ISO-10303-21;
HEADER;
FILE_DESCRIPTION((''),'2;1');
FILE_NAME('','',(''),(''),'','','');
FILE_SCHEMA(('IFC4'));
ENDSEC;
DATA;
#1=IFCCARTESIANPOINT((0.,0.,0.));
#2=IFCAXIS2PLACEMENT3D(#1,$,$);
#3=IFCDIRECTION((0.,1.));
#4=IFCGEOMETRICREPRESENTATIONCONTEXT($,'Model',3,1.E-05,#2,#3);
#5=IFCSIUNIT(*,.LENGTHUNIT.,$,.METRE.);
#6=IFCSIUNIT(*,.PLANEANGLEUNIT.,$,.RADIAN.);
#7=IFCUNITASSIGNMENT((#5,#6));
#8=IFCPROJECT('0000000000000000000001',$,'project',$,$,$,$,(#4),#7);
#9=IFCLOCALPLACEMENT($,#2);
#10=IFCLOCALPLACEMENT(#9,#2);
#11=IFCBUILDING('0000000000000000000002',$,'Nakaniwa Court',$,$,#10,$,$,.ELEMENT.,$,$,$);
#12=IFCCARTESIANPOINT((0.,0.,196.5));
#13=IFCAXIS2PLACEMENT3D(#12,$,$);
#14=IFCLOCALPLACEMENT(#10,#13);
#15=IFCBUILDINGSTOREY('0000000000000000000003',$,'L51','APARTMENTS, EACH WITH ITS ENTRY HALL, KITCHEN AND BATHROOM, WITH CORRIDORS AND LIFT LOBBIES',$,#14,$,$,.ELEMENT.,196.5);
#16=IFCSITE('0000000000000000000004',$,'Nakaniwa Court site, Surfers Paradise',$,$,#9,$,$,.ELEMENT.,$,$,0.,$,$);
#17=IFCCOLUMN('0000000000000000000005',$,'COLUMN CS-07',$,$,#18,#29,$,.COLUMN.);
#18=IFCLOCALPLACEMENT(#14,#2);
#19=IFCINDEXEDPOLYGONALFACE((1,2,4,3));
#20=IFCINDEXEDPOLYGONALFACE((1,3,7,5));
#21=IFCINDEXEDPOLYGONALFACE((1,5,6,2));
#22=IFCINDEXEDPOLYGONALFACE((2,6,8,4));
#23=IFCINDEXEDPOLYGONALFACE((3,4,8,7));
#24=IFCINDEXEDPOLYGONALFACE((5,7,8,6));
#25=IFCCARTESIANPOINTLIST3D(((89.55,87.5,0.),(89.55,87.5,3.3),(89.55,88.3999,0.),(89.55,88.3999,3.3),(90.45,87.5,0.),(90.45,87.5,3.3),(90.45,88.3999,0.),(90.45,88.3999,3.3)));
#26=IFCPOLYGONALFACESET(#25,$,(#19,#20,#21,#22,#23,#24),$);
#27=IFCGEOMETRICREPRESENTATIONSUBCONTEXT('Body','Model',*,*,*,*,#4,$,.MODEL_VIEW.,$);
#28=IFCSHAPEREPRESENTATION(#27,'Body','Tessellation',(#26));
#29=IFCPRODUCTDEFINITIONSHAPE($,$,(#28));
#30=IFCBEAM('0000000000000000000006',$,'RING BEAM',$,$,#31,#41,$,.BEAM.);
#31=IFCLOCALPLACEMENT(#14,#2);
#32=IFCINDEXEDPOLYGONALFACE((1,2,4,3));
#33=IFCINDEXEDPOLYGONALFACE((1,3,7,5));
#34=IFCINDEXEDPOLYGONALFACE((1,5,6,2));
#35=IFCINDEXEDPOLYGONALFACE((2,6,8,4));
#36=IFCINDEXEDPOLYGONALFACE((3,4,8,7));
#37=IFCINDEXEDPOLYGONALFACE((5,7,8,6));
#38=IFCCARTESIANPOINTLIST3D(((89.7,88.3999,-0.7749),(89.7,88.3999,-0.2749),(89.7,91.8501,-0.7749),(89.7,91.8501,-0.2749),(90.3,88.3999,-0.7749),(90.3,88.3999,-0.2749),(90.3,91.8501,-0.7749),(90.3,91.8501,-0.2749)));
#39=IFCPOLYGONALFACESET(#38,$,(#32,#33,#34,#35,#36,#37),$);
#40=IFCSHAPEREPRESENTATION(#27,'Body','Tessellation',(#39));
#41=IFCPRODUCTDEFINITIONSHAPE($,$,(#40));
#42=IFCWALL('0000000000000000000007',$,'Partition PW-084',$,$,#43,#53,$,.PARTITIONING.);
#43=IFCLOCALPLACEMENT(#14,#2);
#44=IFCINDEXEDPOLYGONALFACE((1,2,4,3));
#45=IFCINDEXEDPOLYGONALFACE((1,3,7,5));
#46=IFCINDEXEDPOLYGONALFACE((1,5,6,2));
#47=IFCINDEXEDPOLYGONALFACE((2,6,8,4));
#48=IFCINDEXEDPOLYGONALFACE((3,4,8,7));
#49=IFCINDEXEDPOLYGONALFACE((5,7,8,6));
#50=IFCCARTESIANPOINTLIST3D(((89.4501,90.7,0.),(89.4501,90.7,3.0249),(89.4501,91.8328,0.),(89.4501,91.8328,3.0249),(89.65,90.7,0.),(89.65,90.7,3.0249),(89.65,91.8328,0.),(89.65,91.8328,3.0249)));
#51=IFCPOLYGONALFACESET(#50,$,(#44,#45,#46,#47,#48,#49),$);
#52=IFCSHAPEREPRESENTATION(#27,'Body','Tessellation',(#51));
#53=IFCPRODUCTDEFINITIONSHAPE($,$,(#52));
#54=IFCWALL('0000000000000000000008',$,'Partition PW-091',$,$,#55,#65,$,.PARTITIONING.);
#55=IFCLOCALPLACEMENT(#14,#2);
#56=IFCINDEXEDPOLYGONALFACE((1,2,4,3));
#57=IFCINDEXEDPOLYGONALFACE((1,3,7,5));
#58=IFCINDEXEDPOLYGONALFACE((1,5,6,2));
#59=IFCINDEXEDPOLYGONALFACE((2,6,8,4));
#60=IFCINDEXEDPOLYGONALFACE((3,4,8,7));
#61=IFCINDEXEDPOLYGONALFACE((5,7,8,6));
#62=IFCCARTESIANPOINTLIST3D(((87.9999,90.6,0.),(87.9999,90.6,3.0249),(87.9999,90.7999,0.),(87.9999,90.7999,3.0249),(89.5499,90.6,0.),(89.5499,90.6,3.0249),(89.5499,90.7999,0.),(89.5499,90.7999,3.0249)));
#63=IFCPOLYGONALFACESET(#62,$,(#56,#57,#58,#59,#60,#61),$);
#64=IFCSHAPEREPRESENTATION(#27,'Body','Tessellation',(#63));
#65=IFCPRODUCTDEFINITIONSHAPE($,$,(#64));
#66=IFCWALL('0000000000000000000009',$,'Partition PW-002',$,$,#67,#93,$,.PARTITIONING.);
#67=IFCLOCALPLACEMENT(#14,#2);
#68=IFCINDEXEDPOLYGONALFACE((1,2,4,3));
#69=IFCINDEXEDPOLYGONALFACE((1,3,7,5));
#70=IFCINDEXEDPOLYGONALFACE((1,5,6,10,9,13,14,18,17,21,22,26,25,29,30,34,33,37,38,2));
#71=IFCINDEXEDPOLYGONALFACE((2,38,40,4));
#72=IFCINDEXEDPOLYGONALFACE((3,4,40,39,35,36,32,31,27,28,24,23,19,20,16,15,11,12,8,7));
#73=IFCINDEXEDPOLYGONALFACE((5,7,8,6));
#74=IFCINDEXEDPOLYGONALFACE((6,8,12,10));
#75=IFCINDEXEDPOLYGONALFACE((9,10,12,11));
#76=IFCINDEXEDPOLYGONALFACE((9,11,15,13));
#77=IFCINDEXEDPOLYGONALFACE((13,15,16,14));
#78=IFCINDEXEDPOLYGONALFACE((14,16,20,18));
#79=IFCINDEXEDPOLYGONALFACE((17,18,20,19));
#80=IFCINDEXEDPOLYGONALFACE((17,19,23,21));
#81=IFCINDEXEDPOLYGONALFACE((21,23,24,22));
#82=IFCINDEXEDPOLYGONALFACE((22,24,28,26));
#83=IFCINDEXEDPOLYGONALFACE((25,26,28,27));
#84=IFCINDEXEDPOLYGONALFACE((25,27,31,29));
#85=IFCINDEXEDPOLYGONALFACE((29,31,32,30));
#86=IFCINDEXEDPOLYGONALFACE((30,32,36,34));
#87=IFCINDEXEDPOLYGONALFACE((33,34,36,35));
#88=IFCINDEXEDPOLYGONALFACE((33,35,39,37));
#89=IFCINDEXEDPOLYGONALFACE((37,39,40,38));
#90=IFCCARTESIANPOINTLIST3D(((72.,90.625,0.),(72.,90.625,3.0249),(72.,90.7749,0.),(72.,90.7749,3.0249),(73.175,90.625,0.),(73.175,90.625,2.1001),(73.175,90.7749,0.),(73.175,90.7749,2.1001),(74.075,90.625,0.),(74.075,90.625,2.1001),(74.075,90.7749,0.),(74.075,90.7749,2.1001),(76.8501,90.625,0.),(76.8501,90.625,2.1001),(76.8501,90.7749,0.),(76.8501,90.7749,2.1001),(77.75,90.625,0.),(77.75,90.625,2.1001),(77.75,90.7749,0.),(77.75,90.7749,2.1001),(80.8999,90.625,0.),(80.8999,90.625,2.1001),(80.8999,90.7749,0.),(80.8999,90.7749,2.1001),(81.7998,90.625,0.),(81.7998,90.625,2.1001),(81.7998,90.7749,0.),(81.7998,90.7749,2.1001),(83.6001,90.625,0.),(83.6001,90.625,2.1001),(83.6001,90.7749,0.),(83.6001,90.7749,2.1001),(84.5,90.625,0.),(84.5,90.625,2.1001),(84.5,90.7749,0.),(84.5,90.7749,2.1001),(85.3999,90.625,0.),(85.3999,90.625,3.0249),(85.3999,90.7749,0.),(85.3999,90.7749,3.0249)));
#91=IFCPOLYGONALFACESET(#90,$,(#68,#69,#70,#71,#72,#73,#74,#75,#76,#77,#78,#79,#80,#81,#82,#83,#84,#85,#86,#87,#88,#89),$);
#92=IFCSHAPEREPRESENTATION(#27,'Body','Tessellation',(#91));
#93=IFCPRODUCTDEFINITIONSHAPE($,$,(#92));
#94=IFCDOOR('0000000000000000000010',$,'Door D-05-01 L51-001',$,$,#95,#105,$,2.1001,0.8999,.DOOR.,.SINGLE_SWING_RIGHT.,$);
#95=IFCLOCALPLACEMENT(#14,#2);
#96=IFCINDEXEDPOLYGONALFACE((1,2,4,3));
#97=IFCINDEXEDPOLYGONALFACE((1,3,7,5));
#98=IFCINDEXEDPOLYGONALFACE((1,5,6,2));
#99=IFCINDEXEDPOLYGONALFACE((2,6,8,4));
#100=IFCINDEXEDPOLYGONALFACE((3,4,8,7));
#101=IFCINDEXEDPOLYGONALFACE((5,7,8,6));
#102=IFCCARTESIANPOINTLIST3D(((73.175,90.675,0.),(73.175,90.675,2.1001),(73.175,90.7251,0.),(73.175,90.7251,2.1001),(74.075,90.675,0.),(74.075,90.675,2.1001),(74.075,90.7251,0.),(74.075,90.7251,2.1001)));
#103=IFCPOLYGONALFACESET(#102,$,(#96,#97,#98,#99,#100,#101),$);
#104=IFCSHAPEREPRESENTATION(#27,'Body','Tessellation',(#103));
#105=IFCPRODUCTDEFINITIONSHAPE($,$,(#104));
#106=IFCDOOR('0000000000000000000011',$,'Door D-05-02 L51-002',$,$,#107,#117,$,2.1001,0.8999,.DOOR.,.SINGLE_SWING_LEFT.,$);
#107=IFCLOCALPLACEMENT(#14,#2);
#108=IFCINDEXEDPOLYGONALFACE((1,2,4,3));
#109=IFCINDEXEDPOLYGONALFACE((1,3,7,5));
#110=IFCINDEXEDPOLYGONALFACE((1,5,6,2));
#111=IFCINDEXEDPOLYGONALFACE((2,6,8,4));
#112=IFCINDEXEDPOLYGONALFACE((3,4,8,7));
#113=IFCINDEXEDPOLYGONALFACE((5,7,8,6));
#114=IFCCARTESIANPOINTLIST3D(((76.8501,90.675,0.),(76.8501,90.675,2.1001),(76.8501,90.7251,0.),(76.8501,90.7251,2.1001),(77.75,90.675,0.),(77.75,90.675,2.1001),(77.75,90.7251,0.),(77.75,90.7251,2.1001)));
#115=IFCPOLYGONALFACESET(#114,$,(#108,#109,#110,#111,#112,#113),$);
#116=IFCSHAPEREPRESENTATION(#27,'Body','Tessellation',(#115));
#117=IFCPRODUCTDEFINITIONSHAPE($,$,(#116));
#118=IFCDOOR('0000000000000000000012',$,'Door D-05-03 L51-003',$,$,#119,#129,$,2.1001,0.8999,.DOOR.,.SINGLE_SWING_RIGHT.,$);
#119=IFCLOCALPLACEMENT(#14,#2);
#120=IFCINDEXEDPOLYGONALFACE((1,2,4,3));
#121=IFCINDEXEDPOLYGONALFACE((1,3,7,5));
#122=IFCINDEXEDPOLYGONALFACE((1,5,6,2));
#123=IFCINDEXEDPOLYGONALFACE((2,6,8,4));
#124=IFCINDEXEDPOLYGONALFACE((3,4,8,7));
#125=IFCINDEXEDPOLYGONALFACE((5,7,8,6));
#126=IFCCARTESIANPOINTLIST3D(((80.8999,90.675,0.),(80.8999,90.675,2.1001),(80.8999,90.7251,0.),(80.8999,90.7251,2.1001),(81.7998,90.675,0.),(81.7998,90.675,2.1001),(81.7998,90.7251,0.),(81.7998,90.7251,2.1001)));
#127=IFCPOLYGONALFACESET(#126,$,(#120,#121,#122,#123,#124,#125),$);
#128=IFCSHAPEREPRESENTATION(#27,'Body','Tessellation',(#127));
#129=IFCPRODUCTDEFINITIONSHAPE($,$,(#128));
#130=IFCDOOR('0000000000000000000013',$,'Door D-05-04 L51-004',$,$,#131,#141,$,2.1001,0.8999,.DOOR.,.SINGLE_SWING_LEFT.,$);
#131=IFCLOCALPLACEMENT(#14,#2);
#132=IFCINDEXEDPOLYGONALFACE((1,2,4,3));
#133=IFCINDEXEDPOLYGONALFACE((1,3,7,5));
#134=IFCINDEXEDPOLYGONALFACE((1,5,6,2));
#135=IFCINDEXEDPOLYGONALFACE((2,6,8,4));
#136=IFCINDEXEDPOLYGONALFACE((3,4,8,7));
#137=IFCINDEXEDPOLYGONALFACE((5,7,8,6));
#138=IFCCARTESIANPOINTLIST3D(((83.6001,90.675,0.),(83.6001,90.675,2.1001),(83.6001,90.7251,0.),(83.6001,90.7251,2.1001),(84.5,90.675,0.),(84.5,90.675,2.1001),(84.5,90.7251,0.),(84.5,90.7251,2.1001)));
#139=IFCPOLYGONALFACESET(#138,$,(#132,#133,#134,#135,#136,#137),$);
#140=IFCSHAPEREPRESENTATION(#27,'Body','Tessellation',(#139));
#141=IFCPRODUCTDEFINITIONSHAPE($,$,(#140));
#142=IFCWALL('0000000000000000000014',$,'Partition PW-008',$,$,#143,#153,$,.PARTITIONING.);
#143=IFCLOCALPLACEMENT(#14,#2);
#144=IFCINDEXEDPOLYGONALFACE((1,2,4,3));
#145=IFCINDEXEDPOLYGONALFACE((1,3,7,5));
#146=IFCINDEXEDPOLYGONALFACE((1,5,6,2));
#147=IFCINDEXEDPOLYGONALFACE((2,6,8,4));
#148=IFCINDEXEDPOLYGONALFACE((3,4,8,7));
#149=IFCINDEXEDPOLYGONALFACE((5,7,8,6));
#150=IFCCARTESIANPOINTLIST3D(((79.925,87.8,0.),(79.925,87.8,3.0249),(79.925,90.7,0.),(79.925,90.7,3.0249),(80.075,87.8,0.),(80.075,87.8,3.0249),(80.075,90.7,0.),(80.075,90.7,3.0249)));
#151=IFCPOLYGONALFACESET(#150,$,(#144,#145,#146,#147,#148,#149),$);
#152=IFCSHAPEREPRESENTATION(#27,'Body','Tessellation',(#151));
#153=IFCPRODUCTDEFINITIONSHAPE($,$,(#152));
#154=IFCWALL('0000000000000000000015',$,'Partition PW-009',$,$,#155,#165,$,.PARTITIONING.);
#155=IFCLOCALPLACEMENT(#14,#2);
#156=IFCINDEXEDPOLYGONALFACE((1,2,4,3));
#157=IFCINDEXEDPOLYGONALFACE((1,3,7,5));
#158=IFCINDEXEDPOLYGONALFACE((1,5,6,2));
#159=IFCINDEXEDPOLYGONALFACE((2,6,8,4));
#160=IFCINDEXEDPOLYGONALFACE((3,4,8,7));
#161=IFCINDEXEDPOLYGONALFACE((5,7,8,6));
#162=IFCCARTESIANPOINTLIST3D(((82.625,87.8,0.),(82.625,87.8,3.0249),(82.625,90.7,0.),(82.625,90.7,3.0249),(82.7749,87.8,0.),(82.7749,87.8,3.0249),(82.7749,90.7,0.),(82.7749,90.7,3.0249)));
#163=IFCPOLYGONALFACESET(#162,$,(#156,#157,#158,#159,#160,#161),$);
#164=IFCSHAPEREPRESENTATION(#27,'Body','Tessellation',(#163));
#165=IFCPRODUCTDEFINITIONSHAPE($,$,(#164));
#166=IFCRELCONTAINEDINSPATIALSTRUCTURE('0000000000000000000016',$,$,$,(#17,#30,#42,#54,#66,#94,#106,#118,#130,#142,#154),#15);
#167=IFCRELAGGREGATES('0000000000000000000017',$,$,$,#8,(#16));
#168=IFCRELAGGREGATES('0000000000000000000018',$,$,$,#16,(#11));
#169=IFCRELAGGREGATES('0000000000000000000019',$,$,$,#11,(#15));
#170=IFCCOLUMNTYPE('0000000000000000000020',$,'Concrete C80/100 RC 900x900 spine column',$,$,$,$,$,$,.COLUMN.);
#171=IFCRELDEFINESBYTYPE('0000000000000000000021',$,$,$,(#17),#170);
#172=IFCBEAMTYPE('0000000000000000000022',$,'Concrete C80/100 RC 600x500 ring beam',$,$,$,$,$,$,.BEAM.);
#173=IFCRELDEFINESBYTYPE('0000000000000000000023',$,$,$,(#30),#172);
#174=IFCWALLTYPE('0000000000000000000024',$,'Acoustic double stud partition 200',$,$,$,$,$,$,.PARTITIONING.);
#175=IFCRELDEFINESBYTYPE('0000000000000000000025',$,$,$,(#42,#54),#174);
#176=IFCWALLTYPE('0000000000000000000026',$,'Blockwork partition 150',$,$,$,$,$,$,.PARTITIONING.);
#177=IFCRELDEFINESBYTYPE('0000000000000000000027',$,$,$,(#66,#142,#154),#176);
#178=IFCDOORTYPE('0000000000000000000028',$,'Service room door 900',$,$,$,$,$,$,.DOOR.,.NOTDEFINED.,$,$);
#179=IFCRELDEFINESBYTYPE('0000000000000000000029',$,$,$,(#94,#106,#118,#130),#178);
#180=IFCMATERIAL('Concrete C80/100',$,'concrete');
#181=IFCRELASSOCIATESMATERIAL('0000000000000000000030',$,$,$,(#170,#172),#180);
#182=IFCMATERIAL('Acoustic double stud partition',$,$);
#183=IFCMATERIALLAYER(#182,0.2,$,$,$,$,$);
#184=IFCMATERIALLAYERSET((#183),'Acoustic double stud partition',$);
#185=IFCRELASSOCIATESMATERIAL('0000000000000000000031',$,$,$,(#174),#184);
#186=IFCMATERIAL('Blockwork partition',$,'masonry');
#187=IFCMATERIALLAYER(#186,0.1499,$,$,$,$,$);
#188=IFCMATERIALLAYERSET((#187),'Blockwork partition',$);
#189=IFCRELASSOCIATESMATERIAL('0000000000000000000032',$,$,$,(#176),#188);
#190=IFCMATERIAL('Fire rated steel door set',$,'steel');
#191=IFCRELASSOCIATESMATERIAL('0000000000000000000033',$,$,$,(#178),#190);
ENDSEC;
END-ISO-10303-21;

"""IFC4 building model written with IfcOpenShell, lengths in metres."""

from ifc_helpers import new_model, si_unit, direction, frame, frame_2d, origin, origin_2d, place, context, subcontext, project, spatial, rectangle, extrude, material, layer, layer_set, material_profile, profile_set, type_object, element, fill, save


model = new_model("IFC4")

# Units and contexts
model_context = context("Model", 3, precision=1e-05, world=origin(), true_north=direction((0.0, 1.0)))
body_context = subcontext(model_context, "Body", "Model", "MODEL_VIEW")
ifc_project = project(units=[si_unit("LENGTHUNIT", "METRE"), si_unit("PLANEANGLEUNIT", "RADIAN")], contexts=[model_context])

# Site, building, storey
site_placement = place(None, origin())
site = spatial("IfcSite", under=ifc_project, at=site_placement, Name="Nakaniwa Court site, Surfers Paradise", CompositionType="ELEMENT", RefElevation=0.0)
building_placement = place(site_placement, origin())
building = spatial("IfcBuilding", under=site, at=building_placement, Name="Nakaniwa Court", CompositionType="ELEMENT")
storey_placement = place(building_placement, frame((0.0, 0.0, 196.5)))
storey = spatial("IfcBuildingStorey", under=building, at=storey_placement, Name="L51", Description="APARTMENTS, EACH WITH ITS ENTRY HALL, KITCHEN AND BATHROOM, WITH CORRIDORS AND LIFT LOBBIES", CompositionType="ELEMENT", Elevation=196.5)

# Column
ifc_material_1 = material(Name="Concrete C80/100", Category="concrete")
ifc_material_profile_1 = material_profile(ifc_material_1, rectangle(XDim=0.8999, YDim=0.8999, at=origin_2d()), Name="Concrete C80/100 RC 900x900 spine column")
ifc_profile_set_1 = profile_set([ifc_material_profile_1], Name="Concrete C80/100")
column_type_1 = type_object("IfcColumnType", Name="Concrete C80/100 RC 900x900 spine column", PredefinedType="COLUMN", material=ifc_profile_set_1)
column_1_placement = place(storey_placement, frame((90.0, 87.95, 0.0), z_axis=(0.0, 0.0, 1.0), x_axis=(0.0, 1.0, 0.0)))
element("IfcColumn", 1, at=column_1_placement, inside=storey, type_object=column_type_1, Name="COLUMN CS-07", PredefinedType="COLUMN", context=body_context, shape_type="SweptSolid", body=[
    extrude(rectangle(XDim=0.8999, YDim=0.8999, at=origin_2d()), origin(), (0.0, 0.0, 1.0), 3.3),
])

# Beam
ifc_material_profile_2 = material_profile(ifc_material_1, rectangle(XDim=0.6001, YDim=0.5, at=origin_2d()), Name="Concrete C80/100 RC 600x500 ring beam")
ifc_profile_set_2 = profile_set([ifc_material_profile_2], Name="Concrete C80/100")
beam_type = type_object("IfcBeamType", Name="Concrete C80/100 RC 600x500 ring beam", PredefinedType="BEAM", material=ifc_profile_set_2)
beam_placement = place(storey_placement, frame((90.0, 88.3999, -0.5249), z_axis=(0.0, 1.0, 0.0), x_axis=(-1.0, 0.0, 0.0)))
element("IfcBeam", 2, at=beam_placement, inside=storey, type_object=beam_type, Name="RING BEAM", PredefinedType="BEAM", context=body_context, shape_type="SweptSolid", body=[
    extrude(rectangle(XDim=0.6001, YDim=0.5, at=origin_2d()), origin(), (0.0, 0.0, 1.0), 3.4502),
])

# Walls
ifc_material_2 = material(Name="Acoustic double stud partition")
ifc_layer_1 = layer(ifc_material_2, 0.2)
ifc_layer_set_1 = layer_set([ifc_layer_1], Name="Acoustic double stud partition")
wall_type_1 = type_object("IfcWallType", Name="Acoustic double stud partition 200", PredefinedType="PARTITIONING", material=ifc_layer_set_1)
wall_1_placement = place(storey_placement, frame((89.55, 90.7, 0.0), z_axis=(0.0, 0.0, 1.0), x_axis=(0.0, 1.0, 0.0)))
element("IfcWall", 3, at=wall_1_placement, inside=storey, type_object=wall_type_1, Name="Partition PW-084", PredefinedType="PARTITIONING", context=body_context, shape_type="SweptSolid", body=[
    extrude(rectangle(XDim=1.1328, YDim=0.2, at=frame_2d((0.5664, 0.0))), origin(), (0.0, 0.0, 1.0), 3.0249),
])
wall_2_placement = place(storey_placement, frame((88.0, 90.7, 0.0), z_axis=(0.0, 0.0, 1.0), x_axis=(1.0, 0.0, 0.0)))
element("IfcWall", 4, at=wall_2_placement, inside=storey, type_object=wall_type_1, Name="Partition PW-091", PredefinedType="PARTITIONING", context=body_context, shape_type="SweptSolid", body=[
    extrude(rectangle(XDim=1.55, YDim=0.2, at=frame_2d((0.7749, 0.0))), origin(), (0.0, 0.0, 1.0), 3.0249),
])

# Wall, openings, doors
ifc_material_3 = material(Name="Blockwork partition", Category="masonry")
ifc_layer_2 = layer(ifc_material_3, 0.1499)
ifc_layer_set_2 = layer_set([ifc_layer_2], Name="Blockwork partition")
wall_type_2 = type_object("IfcWallType", Name="Blockwork partition 150", PredefinedType="PARTITIONING", material=ifc_layer_set_2)
wall_3_placement = place(storey_placement, frame((85.3999, 90.7, 0.0), z_axis=(0.0, 0.0, 1.0), x_axis=(-1.0, 0.0, 0.0)))
wall_3 = element("IfcWall", 5, at=wall_3_placement, inside=storey, type_object=wall_type_2, Name="Partition PW-002", PredefinedType="PARTITIONING", context=body_context, shape_type="SweptSolid", body=[
    extrude(rectangle(XDim=13.3999, YDim=0.1499, at=frame_2d((6.7, 0.0))), origin(), (0.0, 0.0, 1.0), 3.0249),
])
opening_1_placement = place(wall_3_placement, frame((11.325, 0.0, 0.0)))
opening_1 = element("IfcOpeningElement", 6, at=opening_1_placement, cuts=wall_3, PredefinedType="OPENING", context=body_context, shape_type="SweptSolid", body=[
    extrude(rectangle(XDim=0.8999, YDim=2.1001, at=frame_2d((0.45, 1.05))), frame((0.0, 0.085, 0.0), z_axis=(0.0, -1.0, 0.0), x_axis=(1.0, 0.0, 0.0)), (0.0, 0.0, 1.0), 0.1699),
])
opening_2_placement = place(wall_3_placement, frame((7.6499, 0.0, 0.0)))
opening_2 = element("IfcOpeningElement", 7, at=opening_2_placement, cuts=wall_3, PredefinedType="OPENING", context=body_context, shape_type="SweptSolid", body=[
    extrude(rectangle(XDim=0.8999, YDim=2.1001, at=frame_2d((0.45, 1.05))), frame((0.0, 0.085, 0.0), z_axis=(0.0, -1.0, 0.0), x_axis=(1.0, 0.0, 0.0)), (0.0, 0.0, 1.0), 0.1699),
])
opening_3_placement = place(wall_3_placement, frame((3.6001, 0.0, 0.0)))
opening_3 = element("IfcOpeningElement", 8, at=opening_3_placement, cuts=wall_3, PredefinedType="OPENING", context=body_context, shape_type="SweptSolid", body=[
    extrude(rectangle(XDim=0.8999, YDim=2.1001, at=frame_2d((0.45, 1.05))), frame((0.0, 0.085, 0.0), z_axis=(0.0, -1.0, 0.0), x_axis=(1.0, 0.0, 0.0)), (0.0, 0.0, 1.0), 0.1699),
])
opening_4_placement = place(wall_3_placement, frame((0.8999, 0.0, 0.0)))
opening_4 = element("IfcOpeningElement", 9, at=opening_4_placement, cuts=wall_3, PredefinedType="OPENING", context=body_context, shape_type="SweptSolid", body=[
    extrude(rectangle(XDim=0.8999, YDim=2.1001, at=frame_2d((0.45, 1.05))), frame((0.0, 0.085, 0.0), z_axis=(0.0, -1.0, 0.0), x_axis=(1.0, 0.0, 0.0)), (0.0, 0.0, 1.0), 0.1699),
])
ifc_material_4 = material(Name="Fire rated steel door set", Category="steel")
door_type_1 = type_object("IfcDoorType", Name="Service room door 900", OperationType="NOTDEFINED", PredefinedType="DOOR", material=ifc_material_4)
door_1_placement = place(opening_1_placement, origin())
door_1 = element("IfcDoor", 10, at=door_1_placement, inside=storey, type_object=door_type_1, Name="Door D-05-01 L51-001", OperationType="SINGLE_SWING_RIGHT", OverallHeight=2.1001, OverallWidth=0.8999, PredefinedType="DOOR", context=body_context, shape_type="SweptSolid", body=[
    extrude(rectangle(XDim=0.8999, YDim=2.1001, at=frame_2d((0.45, 1.05))), frame((0.0, 0.0249, 0.0), z_axis=(0.0, -1.0, 0.0), x_axis=(1.0, 0.0, 0.0)), (0.0, 0.0, 1.0), 0.05),
])
fill(opening_1, door_1)
door_2_placement = place(opening_2_placement, origin())
door_2 = element("IfcDoor", 11, at=door_2_placement, inside=storey, type_object=door_type_1, Name="Door D-05-02 L51-002", OperationType="SINGLE_SWING_LEFT", OverallHeight=2.1001, OverallWidth=0.8999, PredefinedType="DOOR", context=body_context, shape_type="SweptSolid", body=[
    extrude(rectangle(XDim=0.8999, YDim=2.1001, at=frame_2d((0.45, 1.05))), frame((0.0, 0.0249, 0.0), z_axis=(0.0, -1.0, 0.0), x_axis=(1.0, 0.0, 0.0)), (0.0, 0.0, 1.0), 0.05),
])
fill(opening_2, door_2)
door_3_placement = place(opening_3_placement, origin())
door_3 = element("IfcDoor", 12, at=door_3_placement, inside=storey, type_object=door_type_1, Name="Door D-05-03 L51-003", OperationType="SINGLE_SWING_RIGHT", OverallHeight=2.1001, OverallWidth=0.8999, PredefinedType="DOOR", context=body_context, shape_type="SweptSolid", body=[
    extrude(rectangle(XDim=0.8999, YDim=2.1001, at=frame_2d((0.45, 1.05))), frame((0.0, 0.0249, 0.0), z_axis=(0.0, -1.0, 0.0), x_axis=(1.0, 0.0, 0.0)), (0.0, 0.0, 1.0), 0.05),
])
fill(opening_3, door_3)
door_4_placement = place(opening_4_placement, origin())
door_4 = element("IfcDoor", 13, at=door_4_placement, inside=storey, type_object=door_type_1, Name="Door D-05-04 L51-004", OperationType="SINGLE_SWING_LEFT", OverallHeight=2.1001, OverallWidth=0.8999, PredefinedType="DOOR", context=body_context, shape_type="SweptSolid", body=[
    extrude(rectangle(XDim=0.8999, YDim=2.1001, at=frame_2d((0.45, 1.05))), frame((0.0, 0.0249, 0.0), z_axis=(0.0, -1.0, 0.0), x_axis=(1.0, 0.0, 0.0)), (0.0, 0.0, 1.0), 0.05),
])
fill(opening_4, door_4)

# Walls
for number, where, z_axis, x_axis, name in (
    (14, (80.0, 87.8, 0.0), (0.0, 0.0, 1.0), (0.0, 1.0, 0.0), "Partition PW-008"),
    (15, (82.7, 87.8, 0.0), (0.0, 0.0, 1.0), (0.0, 1.0, 0.0), "Partition PW-009"),
):
    element("IfcWall", number, at=place(storey_placement, frame(where, z_axis=z_axis, x_axis=x_axis)), inside=storey, type_object=wall_type_2, Name=name, PredefinedType="PARTITIONING", context=body_context, shape_type="SweptSolid", body=[
        extrude(rectangle(XDim=2.8999, YDim=0.1499, at=frame_2d((1.45, 0.0))), origin(), (0.0, 0.0, 1.0), 3.0249),
    ])

save(model, "model.ifc")
